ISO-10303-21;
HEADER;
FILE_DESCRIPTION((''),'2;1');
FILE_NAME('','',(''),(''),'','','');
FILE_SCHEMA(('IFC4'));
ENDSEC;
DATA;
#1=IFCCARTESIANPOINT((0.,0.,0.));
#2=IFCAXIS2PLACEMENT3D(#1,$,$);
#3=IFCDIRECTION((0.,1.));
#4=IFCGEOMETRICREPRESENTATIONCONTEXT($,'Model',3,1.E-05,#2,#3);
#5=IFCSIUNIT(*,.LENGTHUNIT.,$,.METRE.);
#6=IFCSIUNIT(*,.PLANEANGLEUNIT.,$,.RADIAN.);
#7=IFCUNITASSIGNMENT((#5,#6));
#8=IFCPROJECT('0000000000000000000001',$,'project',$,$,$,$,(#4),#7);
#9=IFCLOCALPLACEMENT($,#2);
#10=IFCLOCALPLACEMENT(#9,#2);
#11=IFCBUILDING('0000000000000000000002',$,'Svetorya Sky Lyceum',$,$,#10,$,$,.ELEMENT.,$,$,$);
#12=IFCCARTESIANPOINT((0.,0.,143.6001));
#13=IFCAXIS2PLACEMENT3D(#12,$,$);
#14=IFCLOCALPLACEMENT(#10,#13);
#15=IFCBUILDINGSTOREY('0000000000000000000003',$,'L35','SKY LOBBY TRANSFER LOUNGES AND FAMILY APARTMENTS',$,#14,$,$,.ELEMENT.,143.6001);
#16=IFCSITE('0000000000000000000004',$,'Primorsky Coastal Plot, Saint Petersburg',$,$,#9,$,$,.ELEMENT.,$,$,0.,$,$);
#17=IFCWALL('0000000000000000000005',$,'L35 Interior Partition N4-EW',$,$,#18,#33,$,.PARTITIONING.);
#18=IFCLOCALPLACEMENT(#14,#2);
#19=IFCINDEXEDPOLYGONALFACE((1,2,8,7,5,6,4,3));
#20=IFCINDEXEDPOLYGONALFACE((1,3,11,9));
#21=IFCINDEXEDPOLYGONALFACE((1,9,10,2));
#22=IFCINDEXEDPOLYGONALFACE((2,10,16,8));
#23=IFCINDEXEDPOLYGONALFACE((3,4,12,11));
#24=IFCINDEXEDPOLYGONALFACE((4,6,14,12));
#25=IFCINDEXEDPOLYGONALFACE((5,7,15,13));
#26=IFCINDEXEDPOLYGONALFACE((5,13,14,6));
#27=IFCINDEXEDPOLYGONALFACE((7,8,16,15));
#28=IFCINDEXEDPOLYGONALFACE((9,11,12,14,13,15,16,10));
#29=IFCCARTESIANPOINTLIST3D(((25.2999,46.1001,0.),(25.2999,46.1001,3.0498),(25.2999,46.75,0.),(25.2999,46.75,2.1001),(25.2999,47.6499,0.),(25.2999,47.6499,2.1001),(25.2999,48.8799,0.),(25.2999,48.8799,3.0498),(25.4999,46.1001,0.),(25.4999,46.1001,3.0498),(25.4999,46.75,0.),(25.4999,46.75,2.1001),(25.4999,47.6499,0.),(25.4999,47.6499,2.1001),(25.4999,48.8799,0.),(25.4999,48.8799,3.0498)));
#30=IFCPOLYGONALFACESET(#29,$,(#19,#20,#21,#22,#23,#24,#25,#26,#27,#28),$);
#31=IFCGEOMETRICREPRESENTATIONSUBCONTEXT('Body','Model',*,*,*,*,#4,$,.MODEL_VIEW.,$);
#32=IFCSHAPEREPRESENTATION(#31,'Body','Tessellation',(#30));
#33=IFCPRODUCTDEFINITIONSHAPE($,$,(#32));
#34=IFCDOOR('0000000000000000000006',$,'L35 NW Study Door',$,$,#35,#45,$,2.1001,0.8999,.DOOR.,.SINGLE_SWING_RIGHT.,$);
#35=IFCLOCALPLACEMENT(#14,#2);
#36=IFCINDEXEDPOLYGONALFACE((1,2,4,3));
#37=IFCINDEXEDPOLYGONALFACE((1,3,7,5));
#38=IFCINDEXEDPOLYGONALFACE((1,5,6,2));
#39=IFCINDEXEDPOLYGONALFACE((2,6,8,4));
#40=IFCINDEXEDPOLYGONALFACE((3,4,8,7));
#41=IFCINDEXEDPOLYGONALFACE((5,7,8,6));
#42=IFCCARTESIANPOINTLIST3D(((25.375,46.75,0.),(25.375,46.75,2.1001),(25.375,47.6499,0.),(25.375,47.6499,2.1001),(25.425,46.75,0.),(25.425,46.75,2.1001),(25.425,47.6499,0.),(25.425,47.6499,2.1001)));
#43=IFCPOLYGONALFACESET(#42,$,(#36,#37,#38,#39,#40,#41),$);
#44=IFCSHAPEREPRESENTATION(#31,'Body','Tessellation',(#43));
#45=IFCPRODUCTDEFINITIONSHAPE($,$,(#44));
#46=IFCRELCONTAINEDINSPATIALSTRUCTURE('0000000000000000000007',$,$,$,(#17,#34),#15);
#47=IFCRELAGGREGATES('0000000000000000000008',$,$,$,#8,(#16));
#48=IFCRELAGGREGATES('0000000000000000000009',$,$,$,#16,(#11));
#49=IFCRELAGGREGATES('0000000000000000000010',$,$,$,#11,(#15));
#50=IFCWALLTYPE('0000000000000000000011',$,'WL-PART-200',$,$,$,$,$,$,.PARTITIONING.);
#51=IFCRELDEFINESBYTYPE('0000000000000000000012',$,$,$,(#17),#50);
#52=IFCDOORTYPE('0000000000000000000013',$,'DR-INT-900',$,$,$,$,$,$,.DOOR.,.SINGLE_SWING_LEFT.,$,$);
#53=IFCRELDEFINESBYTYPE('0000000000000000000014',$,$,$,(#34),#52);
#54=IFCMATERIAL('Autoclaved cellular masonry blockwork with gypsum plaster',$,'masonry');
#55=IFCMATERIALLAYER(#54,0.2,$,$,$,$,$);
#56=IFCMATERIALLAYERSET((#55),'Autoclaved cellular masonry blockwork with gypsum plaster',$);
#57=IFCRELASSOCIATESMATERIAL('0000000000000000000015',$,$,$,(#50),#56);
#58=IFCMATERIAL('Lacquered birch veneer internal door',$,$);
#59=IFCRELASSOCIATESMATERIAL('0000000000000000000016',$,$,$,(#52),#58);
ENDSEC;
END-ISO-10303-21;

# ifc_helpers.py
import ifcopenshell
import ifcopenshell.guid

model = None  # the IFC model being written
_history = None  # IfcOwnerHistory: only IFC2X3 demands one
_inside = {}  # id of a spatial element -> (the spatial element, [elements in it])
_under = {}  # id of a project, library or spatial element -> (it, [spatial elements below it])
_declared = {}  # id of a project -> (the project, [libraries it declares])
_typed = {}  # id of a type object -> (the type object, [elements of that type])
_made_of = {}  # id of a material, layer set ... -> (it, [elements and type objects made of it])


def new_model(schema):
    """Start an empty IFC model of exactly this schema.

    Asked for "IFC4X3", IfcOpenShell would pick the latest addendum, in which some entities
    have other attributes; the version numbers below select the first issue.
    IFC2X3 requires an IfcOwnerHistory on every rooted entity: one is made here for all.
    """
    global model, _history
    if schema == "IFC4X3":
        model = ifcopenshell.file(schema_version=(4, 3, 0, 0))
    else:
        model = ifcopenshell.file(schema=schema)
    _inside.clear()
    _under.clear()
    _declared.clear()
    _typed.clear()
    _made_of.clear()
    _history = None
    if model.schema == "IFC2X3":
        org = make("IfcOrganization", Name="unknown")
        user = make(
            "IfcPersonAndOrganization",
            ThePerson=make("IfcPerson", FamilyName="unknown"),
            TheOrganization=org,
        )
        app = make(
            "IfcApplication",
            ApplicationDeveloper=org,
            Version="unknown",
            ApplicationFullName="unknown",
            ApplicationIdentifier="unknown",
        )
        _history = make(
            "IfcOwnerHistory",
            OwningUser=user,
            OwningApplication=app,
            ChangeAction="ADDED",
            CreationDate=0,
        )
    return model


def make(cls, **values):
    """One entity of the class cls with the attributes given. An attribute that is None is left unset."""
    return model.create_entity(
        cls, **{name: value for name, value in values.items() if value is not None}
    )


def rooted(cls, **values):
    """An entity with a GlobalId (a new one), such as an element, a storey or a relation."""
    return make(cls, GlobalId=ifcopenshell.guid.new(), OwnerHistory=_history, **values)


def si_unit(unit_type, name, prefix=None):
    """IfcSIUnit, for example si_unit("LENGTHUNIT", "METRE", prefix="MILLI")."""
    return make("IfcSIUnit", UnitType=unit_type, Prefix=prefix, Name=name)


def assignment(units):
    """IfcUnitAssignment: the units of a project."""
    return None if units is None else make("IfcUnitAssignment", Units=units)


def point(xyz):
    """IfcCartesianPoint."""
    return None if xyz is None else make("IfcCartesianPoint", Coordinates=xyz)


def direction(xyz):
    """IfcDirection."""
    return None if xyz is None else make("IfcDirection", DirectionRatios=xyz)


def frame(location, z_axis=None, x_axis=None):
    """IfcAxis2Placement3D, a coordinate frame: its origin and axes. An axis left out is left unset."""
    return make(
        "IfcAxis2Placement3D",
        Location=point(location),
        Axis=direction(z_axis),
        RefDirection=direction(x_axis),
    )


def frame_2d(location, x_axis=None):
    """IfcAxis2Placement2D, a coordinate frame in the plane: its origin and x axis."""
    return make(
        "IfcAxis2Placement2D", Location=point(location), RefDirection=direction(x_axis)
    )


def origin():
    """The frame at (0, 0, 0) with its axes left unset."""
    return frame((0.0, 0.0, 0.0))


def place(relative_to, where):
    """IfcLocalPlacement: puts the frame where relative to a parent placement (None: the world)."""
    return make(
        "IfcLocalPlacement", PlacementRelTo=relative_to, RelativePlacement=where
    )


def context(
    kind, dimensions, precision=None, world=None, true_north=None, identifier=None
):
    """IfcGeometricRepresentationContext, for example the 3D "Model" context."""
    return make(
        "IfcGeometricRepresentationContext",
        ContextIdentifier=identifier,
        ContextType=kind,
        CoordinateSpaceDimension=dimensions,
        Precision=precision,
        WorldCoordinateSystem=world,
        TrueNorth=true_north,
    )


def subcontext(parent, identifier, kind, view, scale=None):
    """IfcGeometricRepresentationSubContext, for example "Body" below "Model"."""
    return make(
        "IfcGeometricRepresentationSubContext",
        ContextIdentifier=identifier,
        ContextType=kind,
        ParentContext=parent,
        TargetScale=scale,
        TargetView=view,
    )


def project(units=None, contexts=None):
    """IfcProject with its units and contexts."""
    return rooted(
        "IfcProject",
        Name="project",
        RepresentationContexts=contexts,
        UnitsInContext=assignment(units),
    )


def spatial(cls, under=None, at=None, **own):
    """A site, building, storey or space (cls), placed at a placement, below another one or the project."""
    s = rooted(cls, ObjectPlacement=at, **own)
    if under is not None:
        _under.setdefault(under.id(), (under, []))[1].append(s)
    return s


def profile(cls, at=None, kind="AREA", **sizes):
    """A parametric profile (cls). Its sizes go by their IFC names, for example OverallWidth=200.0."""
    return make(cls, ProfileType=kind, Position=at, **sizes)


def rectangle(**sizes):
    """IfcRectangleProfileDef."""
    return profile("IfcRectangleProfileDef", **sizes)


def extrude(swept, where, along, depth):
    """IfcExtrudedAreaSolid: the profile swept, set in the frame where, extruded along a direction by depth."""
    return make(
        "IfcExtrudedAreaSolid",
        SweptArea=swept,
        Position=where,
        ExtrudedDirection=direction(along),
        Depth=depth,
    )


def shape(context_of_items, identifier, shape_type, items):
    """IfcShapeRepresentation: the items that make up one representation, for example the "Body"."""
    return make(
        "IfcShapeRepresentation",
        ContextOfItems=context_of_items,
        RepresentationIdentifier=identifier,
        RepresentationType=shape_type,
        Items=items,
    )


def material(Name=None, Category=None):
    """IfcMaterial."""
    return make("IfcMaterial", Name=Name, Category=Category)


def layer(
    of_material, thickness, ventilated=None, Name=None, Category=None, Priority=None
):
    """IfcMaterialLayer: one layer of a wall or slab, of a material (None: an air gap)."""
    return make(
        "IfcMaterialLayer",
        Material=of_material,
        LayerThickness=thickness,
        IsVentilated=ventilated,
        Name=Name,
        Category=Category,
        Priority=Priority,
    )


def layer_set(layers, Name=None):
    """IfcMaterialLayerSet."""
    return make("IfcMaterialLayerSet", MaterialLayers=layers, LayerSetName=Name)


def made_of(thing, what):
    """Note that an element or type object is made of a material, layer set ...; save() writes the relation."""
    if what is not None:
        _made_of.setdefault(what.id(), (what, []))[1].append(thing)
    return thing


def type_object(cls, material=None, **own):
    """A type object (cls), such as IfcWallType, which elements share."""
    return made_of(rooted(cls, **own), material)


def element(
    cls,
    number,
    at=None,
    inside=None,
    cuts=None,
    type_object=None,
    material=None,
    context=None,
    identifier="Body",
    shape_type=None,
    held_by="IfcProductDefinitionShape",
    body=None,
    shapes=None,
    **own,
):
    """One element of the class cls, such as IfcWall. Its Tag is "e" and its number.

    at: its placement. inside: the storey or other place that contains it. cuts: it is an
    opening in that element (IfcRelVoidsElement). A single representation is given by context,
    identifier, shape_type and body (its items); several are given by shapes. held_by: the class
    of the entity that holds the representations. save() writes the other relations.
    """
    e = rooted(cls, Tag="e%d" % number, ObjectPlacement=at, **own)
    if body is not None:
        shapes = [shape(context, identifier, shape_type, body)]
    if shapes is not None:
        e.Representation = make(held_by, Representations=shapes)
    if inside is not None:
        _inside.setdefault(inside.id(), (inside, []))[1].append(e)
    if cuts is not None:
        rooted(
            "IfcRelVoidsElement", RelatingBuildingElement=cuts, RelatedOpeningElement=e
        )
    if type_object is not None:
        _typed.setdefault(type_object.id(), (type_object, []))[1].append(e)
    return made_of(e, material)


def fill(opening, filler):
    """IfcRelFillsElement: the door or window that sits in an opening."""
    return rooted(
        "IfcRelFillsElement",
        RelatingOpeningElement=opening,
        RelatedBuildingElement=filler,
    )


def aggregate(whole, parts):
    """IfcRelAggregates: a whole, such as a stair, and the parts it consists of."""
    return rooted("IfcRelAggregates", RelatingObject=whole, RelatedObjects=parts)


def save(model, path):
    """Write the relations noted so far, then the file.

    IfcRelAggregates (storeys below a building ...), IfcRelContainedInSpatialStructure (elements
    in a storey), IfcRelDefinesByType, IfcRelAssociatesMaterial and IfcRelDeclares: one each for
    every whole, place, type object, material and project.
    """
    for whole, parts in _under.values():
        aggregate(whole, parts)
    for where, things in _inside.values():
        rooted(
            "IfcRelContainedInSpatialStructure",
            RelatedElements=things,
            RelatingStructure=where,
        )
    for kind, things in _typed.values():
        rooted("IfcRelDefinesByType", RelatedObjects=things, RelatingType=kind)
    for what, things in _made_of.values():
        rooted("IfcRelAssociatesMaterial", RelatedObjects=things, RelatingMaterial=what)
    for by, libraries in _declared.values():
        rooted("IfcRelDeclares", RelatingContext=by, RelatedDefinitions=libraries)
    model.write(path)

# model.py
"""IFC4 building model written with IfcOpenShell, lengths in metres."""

from ifc_helpers import new_model, si_unit, direction, frame, frame_2d, origin, place, context, subcontext, project, spatial, rectangle, extrude, material, layer, layer_set, type_object, element, fill, save


model = new_model("IFC4")

# Units and contexts
model_context = context("Model", 3, precision=1e-05, world=origin(), true_north=direction((0.0, 1.0)))
body_context = subcontext(model_context, "Body", "Model", "MODEL_VIEW")
ifc_project = project(units=[si_unit("LENGTHUNIT", "METRE"), si_unit("PLANEANGLEUNIT", "RADIAN")], contexts=[model_context])

# Site, building, storey
site_placement = place(None, origin())
site = spatial("IfcSite", under=ifc_project, at=site_placement, Name="Primorsky Coastal Plot, Saint Petersburg", CompositionType="ELEMENT", RefElevation=0.0)
building_placement = place(site_placement, origin())
building = spatial("IfcBuilding", under=site, at=building_placement, Name="Svetorya Sky Lyceum", CompositionType="ELEMENT")
storey_placement = place(building_placement, frame((0.0, 0.0, 143.6001)))
storey = spatial("IfcBuildingStorey", under=building, at=storey_placement, Name="L35", Description="SKY LOBBY TRANSFER LOUNGES AND FAMILY APARTMENTS", CompositionType="ELEMENT", Elevation=143.6001)

# Shared definitions
ifc_material_1 = material(Name="Autoclaved cellular masonry blockwork with gypsum plaster", Category="masonry")
ifc_layer_1 = layer(ifc_material_1, 0.2)
ifc_layer_set_1 = layer_set([ifc_layer_1], Name="Autoclaved cellular masonry blockwork with gypsum plaster")
wall_type_1 = type_object("IfcWallType", Name="WL-PART-200", PredefinedType="PARTITIONING", material=ifc_layer_set_1)

# Wall, opening, door
wall_1_placement = place(storey_placement, frame((25.3999, 46.1001, 0.0), z_axis=(0.0, 0.0, 1.0), x_axis=(0.0, 1.0, 0.0)))
wall_1 = element("IfcWall", 1, at=wall_1_placement, inside=storey, type_object=wall_type_1, Name="L35 Interior Partition N4-EW", PredefinedType="PARTITIONING", context=body_context, shape_type="SweptSolid", body=[
    extrude(rectangle(XDim=2.7798, YDim=0.2, at=frame_2d((1.3899, 0.0))), origin(), (0.0, 0.0, 1.0), 3.0498),
])
opening_1_placement = place(wall_1_placement, frame((0.6499, 0.0, 0.0)))
opening_1 = element("IfcOpeningElement", 2, at=opening_1_placement, cuts=wall_1, PredefinedType="OPENING", context=body_context, shape_type="SweptSolid", body=[
    extrude(rectangle(XDim=0.8999, YDim=2.1001, at=frame_2d((0.45, 1.05))), frame((0.0, 0.1099, 0.0), z_axis=(0.0, -1.0, 0.0), x_axis=(1.0, 0.0, 0.0)), (0.0, 0.0, 1.0), 0.22),
])
ifc_material_2 = material(Name="Lacquered birch veneer internal door")
door_type = type_object("IfcDoorType", Name="DR-INT-900", OperationType="SINGLE_SWING_LEFT", PredefinedType="DOOR", material=ifc_material_2)
door_placement = place(opening_1_placement, origin())
door = element("IfcDoor", 3, at=door_placement, inside=storey, type_object=door_type, Name="L35 NW Study Door", OperationType="SINGLE_SWING_RIGHT", OverallHeight=2.1001, OverallWidth=0.8999, PredefinedType="DOOR", context=body_context, shape_type="SweptSolid", body=[
    extrude(rectangle(XDim=0.8999, YDim=2.1001, at=frame_2d((0.45, 1.05))), frame((0.0, 0.0249, 0.0), z_axis=(0.0, -1.0, 0.0), x_axis=(1.0, 0.0, 0.0)), (0.0, 0.0, 1.0), 0.05),
])
fill(opening_1, door)

save(model, "model.ifc")
